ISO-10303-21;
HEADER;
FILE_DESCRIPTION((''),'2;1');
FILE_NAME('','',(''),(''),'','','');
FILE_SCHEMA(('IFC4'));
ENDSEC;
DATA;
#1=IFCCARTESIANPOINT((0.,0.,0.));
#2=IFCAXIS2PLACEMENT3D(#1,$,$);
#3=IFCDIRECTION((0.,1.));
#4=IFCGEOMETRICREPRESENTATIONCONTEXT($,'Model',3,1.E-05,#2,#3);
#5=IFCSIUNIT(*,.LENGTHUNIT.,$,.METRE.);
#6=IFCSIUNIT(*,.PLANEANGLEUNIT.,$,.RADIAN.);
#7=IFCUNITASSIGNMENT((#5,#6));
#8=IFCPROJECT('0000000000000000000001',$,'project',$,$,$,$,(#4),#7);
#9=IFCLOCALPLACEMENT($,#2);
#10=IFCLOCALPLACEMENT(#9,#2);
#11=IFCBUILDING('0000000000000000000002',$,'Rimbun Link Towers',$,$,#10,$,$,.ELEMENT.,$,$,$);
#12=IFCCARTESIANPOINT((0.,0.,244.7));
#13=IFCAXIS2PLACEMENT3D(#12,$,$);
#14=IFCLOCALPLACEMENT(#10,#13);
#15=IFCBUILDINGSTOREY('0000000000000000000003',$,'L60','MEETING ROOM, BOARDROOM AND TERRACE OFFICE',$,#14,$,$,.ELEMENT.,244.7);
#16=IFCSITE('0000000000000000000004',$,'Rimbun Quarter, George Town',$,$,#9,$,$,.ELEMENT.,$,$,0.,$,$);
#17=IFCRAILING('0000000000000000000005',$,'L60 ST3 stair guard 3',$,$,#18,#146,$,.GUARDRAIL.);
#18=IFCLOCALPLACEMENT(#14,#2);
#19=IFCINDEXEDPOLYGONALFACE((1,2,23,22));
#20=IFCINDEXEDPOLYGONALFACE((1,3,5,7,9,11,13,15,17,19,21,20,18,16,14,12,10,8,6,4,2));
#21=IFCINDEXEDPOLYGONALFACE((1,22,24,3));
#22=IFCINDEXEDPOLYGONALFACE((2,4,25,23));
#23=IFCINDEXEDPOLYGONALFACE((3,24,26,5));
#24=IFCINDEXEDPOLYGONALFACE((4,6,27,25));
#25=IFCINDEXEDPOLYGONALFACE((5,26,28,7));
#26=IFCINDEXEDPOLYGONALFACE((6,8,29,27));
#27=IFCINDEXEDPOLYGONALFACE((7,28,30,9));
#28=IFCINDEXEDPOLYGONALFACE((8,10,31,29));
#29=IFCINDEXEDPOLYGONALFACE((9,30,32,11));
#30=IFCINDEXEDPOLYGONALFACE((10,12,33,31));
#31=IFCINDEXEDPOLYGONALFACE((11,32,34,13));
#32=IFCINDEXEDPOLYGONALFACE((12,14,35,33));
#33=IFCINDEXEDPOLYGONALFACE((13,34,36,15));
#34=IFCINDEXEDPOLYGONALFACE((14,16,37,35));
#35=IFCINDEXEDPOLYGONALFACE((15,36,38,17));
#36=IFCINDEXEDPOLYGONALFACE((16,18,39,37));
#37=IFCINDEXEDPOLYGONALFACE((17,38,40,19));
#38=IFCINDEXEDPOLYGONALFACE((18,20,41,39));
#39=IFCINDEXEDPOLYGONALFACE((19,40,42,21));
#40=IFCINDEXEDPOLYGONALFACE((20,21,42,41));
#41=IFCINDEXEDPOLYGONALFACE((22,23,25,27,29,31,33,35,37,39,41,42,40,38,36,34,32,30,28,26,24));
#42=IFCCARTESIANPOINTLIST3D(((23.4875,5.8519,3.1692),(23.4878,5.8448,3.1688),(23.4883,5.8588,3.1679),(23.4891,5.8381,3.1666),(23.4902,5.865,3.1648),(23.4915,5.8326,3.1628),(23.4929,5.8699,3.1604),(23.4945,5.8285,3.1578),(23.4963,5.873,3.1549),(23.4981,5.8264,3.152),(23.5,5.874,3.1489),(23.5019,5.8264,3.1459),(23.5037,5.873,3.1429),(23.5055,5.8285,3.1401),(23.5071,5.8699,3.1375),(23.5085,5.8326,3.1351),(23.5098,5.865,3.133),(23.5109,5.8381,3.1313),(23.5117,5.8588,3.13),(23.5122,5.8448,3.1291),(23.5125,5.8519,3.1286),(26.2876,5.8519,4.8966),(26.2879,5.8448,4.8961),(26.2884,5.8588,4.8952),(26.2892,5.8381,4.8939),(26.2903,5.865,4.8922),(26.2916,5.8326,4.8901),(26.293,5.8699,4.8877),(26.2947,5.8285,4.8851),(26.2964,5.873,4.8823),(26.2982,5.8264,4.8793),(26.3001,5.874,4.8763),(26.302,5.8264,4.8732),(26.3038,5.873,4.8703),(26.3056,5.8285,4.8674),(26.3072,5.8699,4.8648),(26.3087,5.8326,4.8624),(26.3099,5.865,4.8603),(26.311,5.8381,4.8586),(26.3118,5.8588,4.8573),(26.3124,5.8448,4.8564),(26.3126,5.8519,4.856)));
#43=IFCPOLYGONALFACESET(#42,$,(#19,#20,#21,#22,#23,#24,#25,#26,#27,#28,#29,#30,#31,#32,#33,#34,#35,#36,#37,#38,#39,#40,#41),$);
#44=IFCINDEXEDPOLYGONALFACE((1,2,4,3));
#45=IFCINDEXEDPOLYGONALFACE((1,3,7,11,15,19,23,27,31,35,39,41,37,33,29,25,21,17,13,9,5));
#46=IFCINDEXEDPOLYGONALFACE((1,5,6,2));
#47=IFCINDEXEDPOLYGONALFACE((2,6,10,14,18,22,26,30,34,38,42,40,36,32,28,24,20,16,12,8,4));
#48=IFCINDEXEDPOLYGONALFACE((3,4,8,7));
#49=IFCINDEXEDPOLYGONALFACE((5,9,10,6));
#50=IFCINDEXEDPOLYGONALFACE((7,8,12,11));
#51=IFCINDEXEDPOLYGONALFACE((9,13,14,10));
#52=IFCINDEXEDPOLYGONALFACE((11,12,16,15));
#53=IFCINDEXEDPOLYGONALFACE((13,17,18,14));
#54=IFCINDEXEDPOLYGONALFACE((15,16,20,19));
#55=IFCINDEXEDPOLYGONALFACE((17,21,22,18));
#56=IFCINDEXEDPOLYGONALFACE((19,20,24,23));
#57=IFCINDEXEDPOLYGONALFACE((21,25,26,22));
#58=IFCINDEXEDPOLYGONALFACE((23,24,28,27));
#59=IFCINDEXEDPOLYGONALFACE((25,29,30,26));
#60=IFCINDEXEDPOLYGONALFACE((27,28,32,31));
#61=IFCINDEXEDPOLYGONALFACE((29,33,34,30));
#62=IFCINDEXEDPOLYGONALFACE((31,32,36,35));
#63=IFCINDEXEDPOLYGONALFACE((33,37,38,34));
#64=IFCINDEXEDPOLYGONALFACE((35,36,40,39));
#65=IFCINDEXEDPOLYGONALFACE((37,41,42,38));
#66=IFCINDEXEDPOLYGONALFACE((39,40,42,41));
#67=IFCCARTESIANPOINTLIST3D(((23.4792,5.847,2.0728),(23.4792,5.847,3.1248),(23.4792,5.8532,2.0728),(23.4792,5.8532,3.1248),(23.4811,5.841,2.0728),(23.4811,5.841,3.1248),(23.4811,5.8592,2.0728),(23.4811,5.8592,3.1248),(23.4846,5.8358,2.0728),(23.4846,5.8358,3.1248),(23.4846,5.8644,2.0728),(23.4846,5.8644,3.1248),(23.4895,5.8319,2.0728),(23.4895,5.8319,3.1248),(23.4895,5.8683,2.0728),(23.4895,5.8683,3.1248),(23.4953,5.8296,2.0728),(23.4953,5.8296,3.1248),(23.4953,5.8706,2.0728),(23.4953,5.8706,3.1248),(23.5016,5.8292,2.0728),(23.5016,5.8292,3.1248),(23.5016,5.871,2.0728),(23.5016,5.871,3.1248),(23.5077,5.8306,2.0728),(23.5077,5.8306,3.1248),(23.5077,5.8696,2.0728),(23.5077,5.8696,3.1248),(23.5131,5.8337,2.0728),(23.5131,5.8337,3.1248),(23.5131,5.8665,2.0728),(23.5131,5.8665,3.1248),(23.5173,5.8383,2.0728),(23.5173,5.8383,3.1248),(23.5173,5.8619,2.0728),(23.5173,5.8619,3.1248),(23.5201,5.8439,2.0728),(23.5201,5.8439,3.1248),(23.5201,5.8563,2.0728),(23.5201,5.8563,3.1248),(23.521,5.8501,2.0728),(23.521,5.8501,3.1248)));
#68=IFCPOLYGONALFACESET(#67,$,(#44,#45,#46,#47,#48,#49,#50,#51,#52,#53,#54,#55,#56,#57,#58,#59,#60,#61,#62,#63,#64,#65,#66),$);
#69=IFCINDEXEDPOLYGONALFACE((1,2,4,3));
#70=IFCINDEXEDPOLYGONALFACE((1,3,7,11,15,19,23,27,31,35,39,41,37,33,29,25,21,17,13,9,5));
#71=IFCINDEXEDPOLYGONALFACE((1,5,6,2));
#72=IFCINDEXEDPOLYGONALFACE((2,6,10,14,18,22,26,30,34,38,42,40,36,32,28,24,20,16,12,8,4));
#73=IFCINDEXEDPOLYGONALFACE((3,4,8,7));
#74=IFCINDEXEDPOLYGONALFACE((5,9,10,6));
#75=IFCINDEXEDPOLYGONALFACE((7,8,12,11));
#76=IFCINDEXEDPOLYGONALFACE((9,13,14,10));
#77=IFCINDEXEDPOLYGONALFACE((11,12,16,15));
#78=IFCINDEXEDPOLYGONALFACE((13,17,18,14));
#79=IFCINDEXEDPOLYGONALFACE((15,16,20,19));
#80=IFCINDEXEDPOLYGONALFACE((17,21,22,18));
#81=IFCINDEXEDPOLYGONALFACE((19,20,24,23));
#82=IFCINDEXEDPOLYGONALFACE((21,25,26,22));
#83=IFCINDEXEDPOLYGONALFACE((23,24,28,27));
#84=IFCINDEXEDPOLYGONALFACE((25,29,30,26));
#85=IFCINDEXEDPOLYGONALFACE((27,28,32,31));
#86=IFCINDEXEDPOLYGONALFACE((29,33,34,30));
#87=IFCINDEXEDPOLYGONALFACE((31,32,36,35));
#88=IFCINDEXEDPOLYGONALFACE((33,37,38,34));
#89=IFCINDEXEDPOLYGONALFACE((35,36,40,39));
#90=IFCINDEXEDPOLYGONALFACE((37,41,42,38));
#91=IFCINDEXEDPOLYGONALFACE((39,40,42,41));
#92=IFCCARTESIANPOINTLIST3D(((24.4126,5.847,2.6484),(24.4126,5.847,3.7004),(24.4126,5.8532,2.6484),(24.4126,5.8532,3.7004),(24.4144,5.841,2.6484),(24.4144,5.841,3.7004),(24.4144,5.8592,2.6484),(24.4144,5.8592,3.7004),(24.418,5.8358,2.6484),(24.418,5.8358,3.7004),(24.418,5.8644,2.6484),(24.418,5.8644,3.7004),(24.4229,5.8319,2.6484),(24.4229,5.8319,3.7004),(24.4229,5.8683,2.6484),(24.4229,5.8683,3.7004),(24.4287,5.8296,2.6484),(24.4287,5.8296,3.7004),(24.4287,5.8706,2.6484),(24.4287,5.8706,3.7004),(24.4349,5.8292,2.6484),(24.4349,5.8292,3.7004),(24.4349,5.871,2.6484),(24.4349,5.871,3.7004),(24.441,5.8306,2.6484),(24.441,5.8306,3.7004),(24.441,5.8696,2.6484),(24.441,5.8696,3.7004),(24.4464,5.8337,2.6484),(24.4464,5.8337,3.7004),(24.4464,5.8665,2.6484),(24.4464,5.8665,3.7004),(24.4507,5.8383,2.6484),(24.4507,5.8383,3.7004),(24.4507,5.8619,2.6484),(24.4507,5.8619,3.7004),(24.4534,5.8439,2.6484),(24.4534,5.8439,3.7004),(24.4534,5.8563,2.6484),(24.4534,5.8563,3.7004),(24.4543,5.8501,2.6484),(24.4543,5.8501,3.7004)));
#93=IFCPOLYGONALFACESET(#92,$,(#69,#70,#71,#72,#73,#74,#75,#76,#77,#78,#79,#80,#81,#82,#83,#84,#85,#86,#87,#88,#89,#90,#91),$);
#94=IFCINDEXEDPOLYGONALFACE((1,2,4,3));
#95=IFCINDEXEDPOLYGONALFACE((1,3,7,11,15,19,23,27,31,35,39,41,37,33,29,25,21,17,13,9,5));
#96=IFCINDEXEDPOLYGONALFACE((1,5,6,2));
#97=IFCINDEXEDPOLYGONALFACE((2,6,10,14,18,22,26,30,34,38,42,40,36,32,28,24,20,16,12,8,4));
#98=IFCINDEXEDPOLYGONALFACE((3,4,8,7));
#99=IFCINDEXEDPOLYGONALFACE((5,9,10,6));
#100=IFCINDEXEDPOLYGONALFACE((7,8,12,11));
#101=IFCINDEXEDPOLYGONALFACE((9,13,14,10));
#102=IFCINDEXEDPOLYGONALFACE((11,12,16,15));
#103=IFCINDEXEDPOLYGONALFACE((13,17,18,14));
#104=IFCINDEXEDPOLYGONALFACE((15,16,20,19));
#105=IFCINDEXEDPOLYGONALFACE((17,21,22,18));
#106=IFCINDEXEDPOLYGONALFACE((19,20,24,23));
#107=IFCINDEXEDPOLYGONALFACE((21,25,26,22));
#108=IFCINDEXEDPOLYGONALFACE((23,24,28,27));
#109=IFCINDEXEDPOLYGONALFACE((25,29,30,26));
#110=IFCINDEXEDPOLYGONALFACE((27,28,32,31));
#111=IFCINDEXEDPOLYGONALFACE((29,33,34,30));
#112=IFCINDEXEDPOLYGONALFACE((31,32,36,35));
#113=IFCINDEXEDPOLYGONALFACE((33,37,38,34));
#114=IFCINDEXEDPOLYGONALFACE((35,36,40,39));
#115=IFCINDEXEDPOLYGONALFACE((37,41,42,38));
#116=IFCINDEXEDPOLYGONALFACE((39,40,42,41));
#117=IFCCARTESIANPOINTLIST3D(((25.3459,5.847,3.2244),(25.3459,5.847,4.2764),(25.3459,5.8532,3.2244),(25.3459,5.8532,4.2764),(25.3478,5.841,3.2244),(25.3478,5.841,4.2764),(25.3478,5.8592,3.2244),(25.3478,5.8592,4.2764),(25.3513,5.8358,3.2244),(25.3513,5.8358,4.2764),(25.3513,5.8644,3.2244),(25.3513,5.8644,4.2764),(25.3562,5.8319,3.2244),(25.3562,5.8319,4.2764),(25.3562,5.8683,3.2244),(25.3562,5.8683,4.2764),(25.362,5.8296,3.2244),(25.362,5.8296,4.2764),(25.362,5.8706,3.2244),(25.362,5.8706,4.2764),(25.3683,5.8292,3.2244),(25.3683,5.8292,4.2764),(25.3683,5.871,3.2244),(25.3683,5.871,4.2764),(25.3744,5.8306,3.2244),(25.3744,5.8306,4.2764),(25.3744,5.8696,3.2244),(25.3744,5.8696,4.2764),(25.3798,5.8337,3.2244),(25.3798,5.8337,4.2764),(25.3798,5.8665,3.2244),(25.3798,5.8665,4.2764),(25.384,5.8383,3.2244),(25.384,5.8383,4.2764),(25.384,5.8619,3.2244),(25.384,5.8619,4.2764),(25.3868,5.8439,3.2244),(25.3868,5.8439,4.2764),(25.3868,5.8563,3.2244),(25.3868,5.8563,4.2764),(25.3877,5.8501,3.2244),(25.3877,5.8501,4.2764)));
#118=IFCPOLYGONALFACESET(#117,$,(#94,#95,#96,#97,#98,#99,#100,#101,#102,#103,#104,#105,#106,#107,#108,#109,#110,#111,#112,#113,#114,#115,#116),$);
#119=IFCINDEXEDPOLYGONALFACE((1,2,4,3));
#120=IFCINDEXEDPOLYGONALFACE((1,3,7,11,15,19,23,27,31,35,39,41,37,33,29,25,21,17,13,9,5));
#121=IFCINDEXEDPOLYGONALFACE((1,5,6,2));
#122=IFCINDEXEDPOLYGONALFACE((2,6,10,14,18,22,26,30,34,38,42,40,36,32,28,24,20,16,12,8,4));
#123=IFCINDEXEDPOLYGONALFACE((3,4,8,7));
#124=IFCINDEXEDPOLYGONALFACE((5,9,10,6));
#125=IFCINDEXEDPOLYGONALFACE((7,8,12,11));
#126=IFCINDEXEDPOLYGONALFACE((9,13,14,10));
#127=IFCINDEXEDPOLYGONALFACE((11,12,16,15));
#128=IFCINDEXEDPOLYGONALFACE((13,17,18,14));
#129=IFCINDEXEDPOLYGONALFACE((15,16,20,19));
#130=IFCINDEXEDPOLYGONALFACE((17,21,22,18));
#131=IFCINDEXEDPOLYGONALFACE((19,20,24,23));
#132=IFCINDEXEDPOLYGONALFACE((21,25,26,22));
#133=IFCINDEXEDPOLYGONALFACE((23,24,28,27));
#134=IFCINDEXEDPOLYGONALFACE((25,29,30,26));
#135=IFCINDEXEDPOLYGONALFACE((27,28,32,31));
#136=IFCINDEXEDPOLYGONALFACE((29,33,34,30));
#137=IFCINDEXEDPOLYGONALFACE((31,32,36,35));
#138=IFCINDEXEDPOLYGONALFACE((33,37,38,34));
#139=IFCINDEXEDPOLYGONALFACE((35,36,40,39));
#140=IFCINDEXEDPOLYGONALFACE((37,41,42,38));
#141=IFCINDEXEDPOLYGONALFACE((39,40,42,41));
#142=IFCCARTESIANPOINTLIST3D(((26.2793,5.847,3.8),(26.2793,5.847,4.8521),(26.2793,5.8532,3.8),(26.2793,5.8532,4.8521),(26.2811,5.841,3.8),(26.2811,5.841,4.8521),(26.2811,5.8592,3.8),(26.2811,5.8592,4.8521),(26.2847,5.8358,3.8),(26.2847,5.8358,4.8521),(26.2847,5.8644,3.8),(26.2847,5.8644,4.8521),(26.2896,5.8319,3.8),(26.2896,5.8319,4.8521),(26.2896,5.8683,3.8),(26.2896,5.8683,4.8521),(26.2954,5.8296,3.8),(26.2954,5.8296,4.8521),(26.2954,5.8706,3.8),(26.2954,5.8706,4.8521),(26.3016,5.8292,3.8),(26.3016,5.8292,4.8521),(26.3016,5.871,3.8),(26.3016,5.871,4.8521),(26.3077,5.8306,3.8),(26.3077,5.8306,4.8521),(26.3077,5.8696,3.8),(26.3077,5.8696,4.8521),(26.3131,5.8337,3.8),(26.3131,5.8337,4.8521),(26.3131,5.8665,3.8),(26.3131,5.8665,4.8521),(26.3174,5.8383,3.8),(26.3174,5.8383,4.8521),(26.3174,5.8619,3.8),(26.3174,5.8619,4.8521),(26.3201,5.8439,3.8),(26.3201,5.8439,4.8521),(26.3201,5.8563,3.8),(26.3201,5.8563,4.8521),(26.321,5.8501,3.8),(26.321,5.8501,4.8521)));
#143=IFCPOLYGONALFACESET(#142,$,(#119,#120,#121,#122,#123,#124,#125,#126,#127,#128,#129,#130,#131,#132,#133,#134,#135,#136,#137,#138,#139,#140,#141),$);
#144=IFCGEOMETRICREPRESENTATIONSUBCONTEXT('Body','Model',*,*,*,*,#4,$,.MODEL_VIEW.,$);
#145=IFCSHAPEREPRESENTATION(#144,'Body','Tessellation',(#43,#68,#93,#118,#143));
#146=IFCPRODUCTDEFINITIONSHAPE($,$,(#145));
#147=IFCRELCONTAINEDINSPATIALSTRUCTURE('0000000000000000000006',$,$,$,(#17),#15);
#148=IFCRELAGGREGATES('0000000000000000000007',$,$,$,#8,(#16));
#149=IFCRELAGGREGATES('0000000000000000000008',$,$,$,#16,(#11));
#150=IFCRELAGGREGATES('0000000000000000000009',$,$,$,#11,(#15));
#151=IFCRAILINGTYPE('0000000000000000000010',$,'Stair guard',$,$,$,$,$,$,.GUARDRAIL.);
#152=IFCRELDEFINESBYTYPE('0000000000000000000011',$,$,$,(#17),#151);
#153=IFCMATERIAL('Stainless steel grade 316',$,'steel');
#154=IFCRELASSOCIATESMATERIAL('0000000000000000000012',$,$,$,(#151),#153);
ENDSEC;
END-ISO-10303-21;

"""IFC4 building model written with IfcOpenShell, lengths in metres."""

from ifc_helpers import new_model, si_unit, direction, frame, origin, origin_2d, place, context, subcontext, project, spatial, circle, extrude, material, type_object, element, save


model = new_model("IFC4")

# Units and contexts
model_context = context("Model", 3, precision=1e-05, world=origin(), true_north=direction((0.0, 1.0)))
body_context = subcontext(model_context, "Body", "Model", "MODEL_VIEW")
ifc_project = project(units=[si_unit("LENGTHUNIT", "METRE"), si_unit("PLANEANGLEUNIT", "RADIAN")], contexts=[model_context])

# Site, building, storey
site_placement = place(None, origin())
site = spatial("IfcSite", under=ifc_project, at=site_placement, Name="Rimbun Quarter, George Town", CompositionType="ELEMENT", RefElevation=0.0)
building_placement = place(site_placement, origin())
building = spatial("IfcBuilding", under=site, at=building_placement, Name="Rimbun Link Towers", CompositionType="ELEMENT")
storey_placement = place(building_placement, frame((0.0, 0.0, 244.7)))
storey = spatial("IfcBuildingStorey", under=building, at=storey_placement, Name="L60", Description="MEETING ROOM, BOARDROOM AND TERRACE OFFICE", CompositionType="ELEMENT", Elevation=244.7)

# Railing
ifc_material_1 = material(Name="Stainless steel grade 316", Category="steel")
railing_type_1 = type_object("IfcRailingType", Name="Stair guard", PredefinedType="GUARDRAIL", material=ifc_material_1)
railing_1_placement = place(storey_placement, frame((23.5, 5.8501, 2.0728)))
element("IfcRailing", 1, at=railing_1_placement, inside=storey, type_object=railing_type_1, Name="L60 ST3 stair guard 3", PredefinedType="GUARDRAIL", context=body_context, shape_type="SweptSolid", body=[
    extrude(circle(Radius=0.0239, at=origin_2d()), frame((0.0, 0.0, 1.0762), z_axis=(0.85109, 0.0, 0.52502), x_axis=(0.0, 1.0, 0.0)), (0.0, 0.0, 1.0), 3.29),
    extrude(circle(Radius=0.021, at=origin_2d()), origin(), (0.0, 0.0, 1.0), 1.052),
    extrude(circle(Radius=0.021, at=origin_2d()), frame((0.9333, 0.0, 0.5757)), (0.0, 0.0, 1.0), 1.052),
    extrude(circle(Radius=0.021, at=origin_2d()), frame((1.8667, 0.0, 1.1516)), (0.0, 0.0, 1.0), 1.052),
    extrude(circle(Radius=0.021, at=origin_2d()), frame((2.8, 0.0, 1.7273)), (0.0, 0.0, 1.0), 1.052),
])

save(model, "model.ifc")
